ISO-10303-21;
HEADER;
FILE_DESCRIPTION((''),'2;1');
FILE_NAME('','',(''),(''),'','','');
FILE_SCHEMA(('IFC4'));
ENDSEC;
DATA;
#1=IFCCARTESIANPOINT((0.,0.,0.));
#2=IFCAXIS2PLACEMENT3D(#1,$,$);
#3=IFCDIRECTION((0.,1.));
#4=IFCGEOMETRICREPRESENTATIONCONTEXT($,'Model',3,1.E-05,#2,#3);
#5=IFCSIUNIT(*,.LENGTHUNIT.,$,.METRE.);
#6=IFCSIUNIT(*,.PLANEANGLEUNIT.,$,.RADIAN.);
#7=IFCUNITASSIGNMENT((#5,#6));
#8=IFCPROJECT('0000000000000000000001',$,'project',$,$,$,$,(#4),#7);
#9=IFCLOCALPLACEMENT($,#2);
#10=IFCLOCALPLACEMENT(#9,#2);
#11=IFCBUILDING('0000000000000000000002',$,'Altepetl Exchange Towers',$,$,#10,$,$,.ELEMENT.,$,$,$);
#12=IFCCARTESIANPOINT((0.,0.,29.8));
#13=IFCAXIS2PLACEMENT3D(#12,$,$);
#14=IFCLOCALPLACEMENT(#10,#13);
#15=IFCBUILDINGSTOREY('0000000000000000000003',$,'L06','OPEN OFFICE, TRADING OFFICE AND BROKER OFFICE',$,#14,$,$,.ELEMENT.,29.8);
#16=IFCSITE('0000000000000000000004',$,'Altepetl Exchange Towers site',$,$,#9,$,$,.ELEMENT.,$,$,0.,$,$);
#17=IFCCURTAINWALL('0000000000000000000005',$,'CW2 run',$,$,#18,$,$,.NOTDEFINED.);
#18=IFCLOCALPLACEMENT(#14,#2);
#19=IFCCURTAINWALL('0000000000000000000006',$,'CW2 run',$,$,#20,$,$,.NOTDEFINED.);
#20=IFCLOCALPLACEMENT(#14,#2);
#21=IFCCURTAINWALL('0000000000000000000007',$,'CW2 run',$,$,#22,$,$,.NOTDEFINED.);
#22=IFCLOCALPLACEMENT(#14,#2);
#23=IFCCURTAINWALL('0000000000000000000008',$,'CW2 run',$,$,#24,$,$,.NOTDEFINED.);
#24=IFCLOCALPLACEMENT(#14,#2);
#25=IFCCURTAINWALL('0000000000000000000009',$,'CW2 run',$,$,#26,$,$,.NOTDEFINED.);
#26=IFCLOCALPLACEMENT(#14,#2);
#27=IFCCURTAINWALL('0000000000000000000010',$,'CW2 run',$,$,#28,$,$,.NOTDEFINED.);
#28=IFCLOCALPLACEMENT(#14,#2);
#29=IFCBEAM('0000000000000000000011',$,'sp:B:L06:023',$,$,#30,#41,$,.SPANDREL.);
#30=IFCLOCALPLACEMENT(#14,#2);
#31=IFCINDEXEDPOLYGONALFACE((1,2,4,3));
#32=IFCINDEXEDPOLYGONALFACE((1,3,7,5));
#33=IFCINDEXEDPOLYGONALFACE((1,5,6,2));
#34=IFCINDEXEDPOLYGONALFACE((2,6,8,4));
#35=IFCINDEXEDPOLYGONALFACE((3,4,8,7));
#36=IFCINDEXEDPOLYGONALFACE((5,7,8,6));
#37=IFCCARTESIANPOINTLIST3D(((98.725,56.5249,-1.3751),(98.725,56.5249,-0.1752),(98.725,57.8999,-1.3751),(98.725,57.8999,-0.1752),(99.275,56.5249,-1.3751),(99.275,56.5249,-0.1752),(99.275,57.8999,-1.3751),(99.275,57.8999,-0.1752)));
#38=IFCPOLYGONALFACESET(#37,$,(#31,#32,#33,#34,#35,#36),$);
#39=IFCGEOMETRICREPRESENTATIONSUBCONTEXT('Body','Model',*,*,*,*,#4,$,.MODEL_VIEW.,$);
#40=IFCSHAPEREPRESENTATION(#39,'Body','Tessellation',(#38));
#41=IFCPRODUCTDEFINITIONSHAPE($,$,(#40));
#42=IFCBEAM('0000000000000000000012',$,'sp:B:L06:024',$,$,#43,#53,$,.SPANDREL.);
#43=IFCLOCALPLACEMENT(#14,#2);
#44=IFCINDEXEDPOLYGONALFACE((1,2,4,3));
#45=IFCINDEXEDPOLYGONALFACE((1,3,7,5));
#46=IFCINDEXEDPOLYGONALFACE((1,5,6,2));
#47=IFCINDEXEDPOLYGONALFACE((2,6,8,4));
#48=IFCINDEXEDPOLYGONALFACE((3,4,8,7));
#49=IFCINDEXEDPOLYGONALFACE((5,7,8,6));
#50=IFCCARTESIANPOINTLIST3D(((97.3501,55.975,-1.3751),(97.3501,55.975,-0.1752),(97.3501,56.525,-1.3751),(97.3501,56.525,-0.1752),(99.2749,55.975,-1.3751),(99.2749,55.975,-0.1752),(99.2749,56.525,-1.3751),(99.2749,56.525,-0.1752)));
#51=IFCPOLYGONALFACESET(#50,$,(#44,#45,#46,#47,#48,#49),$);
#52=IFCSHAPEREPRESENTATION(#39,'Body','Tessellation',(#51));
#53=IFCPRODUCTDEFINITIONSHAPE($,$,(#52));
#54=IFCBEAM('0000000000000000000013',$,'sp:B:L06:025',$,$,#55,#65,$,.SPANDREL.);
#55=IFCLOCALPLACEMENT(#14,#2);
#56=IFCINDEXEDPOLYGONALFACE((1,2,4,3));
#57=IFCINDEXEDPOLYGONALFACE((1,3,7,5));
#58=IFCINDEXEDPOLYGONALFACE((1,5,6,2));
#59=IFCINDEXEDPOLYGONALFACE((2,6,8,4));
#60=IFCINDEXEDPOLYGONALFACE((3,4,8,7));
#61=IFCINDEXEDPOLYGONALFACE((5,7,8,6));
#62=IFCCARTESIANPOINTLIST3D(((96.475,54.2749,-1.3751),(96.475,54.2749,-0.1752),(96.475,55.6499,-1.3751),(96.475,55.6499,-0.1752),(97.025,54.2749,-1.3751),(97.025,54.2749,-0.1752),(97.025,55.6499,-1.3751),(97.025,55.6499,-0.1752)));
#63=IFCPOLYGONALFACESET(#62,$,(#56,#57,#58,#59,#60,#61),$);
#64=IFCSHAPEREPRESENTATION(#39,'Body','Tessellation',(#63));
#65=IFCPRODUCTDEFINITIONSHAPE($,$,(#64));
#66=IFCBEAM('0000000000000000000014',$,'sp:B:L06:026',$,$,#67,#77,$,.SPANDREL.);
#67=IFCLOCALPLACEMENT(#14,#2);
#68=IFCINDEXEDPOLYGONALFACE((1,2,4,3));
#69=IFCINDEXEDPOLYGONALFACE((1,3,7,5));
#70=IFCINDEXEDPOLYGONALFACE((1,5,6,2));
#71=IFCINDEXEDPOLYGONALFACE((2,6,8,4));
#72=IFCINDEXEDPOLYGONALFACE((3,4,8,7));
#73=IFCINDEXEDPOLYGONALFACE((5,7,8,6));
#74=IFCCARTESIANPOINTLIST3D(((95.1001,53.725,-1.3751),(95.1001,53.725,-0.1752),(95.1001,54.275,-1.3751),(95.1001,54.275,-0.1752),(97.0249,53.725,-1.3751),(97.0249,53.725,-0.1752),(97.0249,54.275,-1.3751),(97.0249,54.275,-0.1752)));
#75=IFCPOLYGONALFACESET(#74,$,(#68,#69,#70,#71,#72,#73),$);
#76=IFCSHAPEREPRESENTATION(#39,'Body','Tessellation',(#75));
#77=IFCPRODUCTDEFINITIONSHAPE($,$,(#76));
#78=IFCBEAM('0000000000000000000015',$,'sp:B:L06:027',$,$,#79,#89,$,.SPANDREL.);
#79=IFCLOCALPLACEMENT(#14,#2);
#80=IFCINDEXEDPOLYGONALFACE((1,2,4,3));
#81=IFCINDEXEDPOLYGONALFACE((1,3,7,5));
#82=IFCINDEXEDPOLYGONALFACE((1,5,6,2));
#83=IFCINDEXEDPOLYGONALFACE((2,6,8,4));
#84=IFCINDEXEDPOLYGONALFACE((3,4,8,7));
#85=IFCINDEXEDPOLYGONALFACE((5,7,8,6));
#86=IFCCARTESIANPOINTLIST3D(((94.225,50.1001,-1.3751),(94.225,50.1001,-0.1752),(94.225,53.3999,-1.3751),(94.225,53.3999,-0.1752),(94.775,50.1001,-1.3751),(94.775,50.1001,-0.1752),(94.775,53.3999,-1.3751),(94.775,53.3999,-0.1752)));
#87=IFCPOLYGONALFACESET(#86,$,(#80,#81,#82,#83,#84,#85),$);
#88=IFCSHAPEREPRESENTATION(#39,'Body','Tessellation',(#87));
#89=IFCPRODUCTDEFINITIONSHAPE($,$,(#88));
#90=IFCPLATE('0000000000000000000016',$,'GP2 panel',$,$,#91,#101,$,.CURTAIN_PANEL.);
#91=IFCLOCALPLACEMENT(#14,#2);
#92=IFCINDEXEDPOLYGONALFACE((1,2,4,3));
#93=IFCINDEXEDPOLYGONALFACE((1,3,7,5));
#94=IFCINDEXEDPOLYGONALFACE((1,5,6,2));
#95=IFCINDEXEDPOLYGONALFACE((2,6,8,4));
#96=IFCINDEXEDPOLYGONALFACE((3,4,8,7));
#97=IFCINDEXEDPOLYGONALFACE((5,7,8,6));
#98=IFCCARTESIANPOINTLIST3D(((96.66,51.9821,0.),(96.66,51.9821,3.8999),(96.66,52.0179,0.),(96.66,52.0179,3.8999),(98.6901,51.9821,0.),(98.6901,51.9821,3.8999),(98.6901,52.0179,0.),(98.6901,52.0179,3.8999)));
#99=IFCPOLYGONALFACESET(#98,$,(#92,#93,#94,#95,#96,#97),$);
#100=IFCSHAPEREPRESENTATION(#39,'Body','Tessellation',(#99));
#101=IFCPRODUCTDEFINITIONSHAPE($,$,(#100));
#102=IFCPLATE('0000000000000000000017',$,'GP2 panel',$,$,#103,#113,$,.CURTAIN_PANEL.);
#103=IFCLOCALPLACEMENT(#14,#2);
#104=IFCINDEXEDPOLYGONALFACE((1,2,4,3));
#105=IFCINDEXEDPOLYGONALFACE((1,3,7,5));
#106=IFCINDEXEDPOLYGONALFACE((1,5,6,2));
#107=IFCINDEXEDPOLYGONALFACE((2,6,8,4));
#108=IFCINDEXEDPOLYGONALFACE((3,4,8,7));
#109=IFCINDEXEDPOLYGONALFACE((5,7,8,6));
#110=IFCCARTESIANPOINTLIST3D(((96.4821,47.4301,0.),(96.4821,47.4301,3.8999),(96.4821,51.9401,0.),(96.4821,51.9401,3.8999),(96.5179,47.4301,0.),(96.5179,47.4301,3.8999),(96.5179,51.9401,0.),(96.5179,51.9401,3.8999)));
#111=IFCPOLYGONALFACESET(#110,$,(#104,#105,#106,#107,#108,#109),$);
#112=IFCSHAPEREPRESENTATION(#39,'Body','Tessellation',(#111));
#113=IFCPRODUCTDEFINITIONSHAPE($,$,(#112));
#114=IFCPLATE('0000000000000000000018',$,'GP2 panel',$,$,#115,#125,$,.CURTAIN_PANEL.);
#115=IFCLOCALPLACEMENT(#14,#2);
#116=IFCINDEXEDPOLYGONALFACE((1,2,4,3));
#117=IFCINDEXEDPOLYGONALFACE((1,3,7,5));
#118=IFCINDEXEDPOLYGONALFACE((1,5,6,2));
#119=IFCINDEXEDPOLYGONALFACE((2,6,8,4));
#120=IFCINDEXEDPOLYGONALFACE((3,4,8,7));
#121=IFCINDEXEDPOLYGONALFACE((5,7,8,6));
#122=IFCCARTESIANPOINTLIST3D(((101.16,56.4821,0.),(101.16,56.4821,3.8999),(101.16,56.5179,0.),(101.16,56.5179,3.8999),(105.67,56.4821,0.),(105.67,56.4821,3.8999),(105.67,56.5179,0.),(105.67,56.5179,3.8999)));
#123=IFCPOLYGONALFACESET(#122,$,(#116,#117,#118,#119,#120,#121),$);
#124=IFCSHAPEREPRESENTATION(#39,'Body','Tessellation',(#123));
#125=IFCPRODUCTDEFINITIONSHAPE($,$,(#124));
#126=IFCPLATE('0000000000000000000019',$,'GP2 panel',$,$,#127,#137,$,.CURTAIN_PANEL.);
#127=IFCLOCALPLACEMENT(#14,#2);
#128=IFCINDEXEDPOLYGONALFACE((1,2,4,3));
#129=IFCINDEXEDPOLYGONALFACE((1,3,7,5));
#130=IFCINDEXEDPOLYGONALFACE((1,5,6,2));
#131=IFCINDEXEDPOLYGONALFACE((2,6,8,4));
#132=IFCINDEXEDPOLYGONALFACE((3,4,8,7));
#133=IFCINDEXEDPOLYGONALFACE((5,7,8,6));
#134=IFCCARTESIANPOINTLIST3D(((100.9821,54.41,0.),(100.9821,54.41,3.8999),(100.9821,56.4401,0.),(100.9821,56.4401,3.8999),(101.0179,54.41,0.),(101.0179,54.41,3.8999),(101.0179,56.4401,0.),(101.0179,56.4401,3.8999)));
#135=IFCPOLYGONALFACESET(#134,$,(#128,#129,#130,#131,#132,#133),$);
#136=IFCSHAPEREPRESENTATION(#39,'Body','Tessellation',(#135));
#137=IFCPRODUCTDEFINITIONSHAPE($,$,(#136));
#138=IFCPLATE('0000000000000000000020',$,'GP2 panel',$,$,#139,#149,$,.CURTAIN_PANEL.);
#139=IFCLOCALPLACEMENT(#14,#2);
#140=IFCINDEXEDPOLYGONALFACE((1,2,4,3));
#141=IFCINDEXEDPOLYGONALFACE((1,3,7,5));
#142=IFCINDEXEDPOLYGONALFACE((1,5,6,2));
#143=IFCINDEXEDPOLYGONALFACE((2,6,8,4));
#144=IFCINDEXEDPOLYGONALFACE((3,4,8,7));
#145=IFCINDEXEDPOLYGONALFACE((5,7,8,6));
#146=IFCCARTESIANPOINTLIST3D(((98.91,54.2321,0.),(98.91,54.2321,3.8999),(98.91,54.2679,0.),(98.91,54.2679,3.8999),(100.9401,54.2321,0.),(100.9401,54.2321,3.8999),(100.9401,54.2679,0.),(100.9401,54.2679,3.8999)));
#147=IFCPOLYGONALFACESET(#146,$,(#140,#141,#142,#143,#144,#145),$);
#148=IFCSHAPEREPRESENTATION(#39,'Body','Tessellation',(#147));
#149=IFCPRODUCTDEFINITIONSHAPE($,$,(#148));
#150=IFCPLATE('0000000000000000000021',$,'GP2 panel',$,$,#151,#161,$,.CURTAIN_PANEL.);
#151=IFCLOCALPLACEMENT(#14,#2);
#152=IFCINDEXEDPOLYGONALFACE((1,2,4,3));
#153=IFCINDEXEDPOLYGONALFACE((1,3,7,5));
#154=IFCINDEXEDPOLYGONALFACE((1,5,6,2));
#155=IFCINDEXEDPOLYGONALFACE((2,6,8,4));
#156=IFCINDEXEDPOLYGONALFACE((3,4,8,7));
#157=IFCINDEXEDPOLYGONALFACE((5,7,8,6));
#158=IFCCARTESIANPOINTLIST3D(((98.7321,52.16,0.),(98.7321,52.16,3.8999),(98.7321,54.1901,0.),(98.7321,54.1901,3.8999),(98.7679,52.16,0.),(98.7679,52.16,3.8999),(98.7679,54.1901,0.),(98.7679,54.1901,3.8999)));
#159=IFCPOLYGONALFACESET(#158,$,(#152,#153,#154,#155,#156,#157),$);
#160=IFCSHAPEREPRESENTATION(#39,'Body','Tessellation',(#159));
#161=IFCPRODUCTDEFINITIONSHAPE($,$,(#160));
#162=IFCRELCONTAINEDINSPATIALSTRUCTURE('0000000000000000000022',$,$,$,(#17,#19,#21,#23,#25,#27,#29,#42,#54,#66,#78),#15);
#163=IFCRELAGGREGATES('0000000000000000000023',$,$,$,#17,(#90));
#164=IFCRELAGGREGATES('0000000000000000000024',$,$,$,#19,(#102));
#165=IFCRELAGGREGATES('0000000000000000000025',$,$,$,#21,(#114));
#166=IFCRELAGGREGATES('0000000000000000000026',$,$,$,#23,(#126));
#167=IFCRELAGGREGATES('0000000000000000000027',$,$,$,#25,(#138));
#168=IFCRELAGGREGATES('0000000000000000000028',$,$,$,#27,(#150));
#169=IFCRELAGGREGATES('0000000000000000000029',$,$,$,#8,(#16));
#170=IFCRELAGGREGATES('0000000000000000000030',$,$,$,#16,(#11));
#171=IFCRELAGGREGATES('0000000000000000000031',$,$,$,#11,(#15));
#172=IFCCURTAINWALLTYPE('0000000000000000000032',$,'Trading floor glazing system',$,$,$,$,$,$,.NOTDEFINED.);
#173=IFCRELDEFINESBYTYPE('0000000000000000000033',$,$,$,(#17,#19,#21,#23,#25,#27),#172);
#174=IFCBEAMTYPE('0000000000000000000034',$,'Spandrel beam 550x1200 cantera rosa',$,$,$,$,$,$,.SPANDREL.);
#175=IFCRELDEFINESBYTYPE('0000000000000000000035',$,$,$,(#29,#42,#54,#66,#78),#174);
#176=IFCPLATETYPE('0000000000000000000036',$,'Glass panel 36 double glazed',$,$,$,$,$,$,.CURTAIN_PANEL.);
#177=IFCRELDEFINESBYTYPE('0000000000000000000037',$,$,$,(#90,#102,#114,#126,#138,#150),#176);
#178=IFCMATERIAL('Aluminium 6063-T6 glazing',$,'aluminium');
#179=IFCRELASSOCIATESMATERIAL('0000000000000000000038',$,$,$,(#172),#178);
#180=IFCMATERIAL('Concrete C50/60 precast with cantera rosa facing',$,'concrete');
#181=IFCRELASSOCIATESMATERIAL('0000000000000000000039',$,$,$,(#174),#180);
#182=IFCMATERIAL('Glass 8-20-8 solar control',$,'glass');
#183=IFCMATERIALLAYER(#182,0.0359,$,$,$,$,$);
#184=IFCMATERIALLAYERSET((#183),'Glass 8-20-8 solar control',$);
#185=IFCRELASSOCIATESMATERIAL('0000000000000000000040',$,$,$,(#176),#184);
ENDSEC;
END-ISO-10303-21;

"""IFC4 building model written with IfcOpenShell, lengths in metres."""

from ifc_helpers import new_model, si_unit, direction, frame, origin, origin_2d, place, context, subcontext, project, spatial, rectangle, extrude, material, layer, layer_set, material_profile, profile_set, type_object, element, aggregate, save


model = new_model("IFC4")

# Units and contexts
model_context = context("Model", 3, precision=1e-05, world=origin(), true_north=direction((0.0, 1.0)))
body_context = subcontext(model_context, "Body", "Model", "MODEL_VIEW")
ifc_project = project(units=[si_unit("LENGTHUNIT", "METRE"), si_unit("PLANEANGLEUNIT", "RADIAN")], contexts=[model_context])

# Site, building, storey
site_placement = place(None, origin())
site = spatial("IfcSite", under=ifc_project, at=site_placement, Name="Altepetl Exchange Towers site", CompositionType="ELEMENT", RefElevation=0.0)
building_placement = place(site_placement, origin())
building = spatial("IfcBuilding", under=site, at=building_placement, Name="Altepetl Exchange Towers", CompositionType="ELEMENT")
storey_placement = place(building_placement, frame((0.0, 0.0, 29.8)))
storey = spatial("IfcBuildingStorey", under=building, at=storey_placement, Name="L06", Description="OPEN OFFICE, TRADING OFFICE AND BROKER OFFICE", CompositionType="ELEMENT", Elevation=29.8)

# Curtain walls
ifc_material_1 = material(Name="Aluminium 6063-T6 glazing", Category="aluminium")
curtain_wall_type = type_object("IfcCurtainWallType", Name="Trading floor glazing system", PredefinedType="NOTDEFINED", material=ifc_material_1)
curtain_wall_1_placement = place(storey_placement, origin())
curtain_wall_1 = element("IfcCurtainWall", 1, at=curtain_wall_1_placement, inside=storey, type_object=curtain_wall_type, Name="CW2 run", PredefinedType="NOTDEFINED")
curtain_wall_2_placement = place(storey_placement, origin())
curtain_wall_2 = element("IfcCurtainWall", 2, at=curtain_wall_2_placement, inside=storey, type_object=curtain_wall_type, Name="CW2 run", PredefinedType="NOTDEFINED")

# Curtain wall
curtain_wall_3_placement = place(storey_placement, origin())
curtain_wall_3 = element("IfcCurtainWall", 3, at=curtain_wall_3_placement, inside=storey, type_object=curtain_wall_type, Name="CW2 run", PredefinedType="NOTDEFINED")

# Curtain walls
curtain_wall_4_placement = place(storey_placement, origin())
curtain_wall_4 = element("IfcCurtainWall", 4, at=curtain_wall_4_placement, inside=storey, type_object=curtain_wall_type, Name="CW2 run", PredefinedType="NOTDEFINED")
curtain_wall_5_placement = place(storey_placement, origin())
curtain_wall_5 = element("IfcCurtainWall", 5, at=curtain_wall_5_placement, inside=storey, type_object=curtain_wall_type, Name="CW2 run", PredefinedType="NOTDEFINED")
curtain_wall_6_placement = place(storey_placement, origin())
curtain_wall_6 = element("IfcCurtainWall", 6, at=curtain_wall_6_placement, inside=storey, type_object=curtain_wall_type, Name="CW2 run", PredefinedType="NOTDEFINED")

# Beams
ifc_material_2 = material(Name="Concrete C50/60 precast with cantera rosa facing", Category="concrete")
ifc_material_profile_1 = material_profile(ifc_material_2, rectangle(XDim=0.55, YDim=1.2, at=origin_2d()), Name="550 x 1200")
ifc_profile_set_1 = profile_set([ifc_material_profile_1], Name="Concrete C50/60 precast with cantera rosa facing")
beam_type_1 = type_object("IfcBeamType", Name="Spandrel beam 550x1200 cantera rosa", PredefinedType="SPANDREL", material=ifc_profile_set_1)
beam_1_placement = place(storey_placement, frame((99.0, 57.8999, -0.7751), z_axis=(0.0, -1.0, 0.0), x_axis=(1.0, 0.0, 0.0)))
element("IfcBeam", 7, at=beam_1_placement, inside=storey, type_object=beam_type_1, Name="sp:B:L06:023", PredefinedType="SPANDREL", context=body_context, shape_type="SweptSolid", body=[
    extrude(rectangle(XDim=0.55, YDim=1.2, at=origin_2d()), origin(), (0.0, 0.0, 1.0), 1.375),
])
beam_2_placement = place(storey_placement, frame((99.2749, 56.25, -0.7751), z_axis=(-1.0, 0.0, 0.0), x_axis=(0.0, -1.0, 0.0)))
element("IfcBeam", 8, at=beam_2_placement, inside=storey, type_object=beam_type_1, Name="sp:B:L06:024", PredefinedType="SPANDREL", context=body_context, shape_type="SweptSolid", body=[
    extrude(rectangle(XDim=0.55, YDim=1.2, at=origin_2d()), origin(), (0.0, 0.0, 1.0), 1.9248),
])
beam_3_placement = place(storey_placement, frame((96.75, 55.6499, -0.7751), z_axis=(0.0, -1.0, 0.0), x_axis=(1.0, 0.0, 0.0)))
element("IfcBeam", 9, at=beam_3_placement, inside=storey, type_object=beam_type_1, Name="sp:B:L06:025", PredefinedType="SPANDREL", context=body_context, shape_type="SweptSolid", body=[
    extrude(rectangle(XDim=0.55, YDim=1.2, at=origin_2d()), origin(), (0.0, 0.0, 1.0), 1.375),
])
beam_4_placement = place(storey_placement, frame((97.0249, 54.0, -0.7751), z_axis=(-1.0, 0.0, 0.0), x_axis=(0.0, -1.0, 0.0)))
element("IfcBeam", 10, at=beam_4_placement, inside=storey, type_object=beam_type_1, Name="sp:B:L06:026", PredefinedType="SPANDREL", context=body_context, shape_type="SweptSolid", body=[
    extrude(rectangle(XDim=0.55, YDim=1.2, at=origin_2d()), origin(), (0.0, 0.0, 1.0), 1.9248),
])
beam_5_placement = place(storey_placement, frame((94.5, 53.3999, -0.7751), z_axis=(0.0, -1.0, 0.0), x_axis=(1.0, 0.0, 0.0)))
element("IfcBeam", 11, at=beam_5_placement, inside=storey, type_object=beam_type_1, Name="sp:B:L06:027", PredefinedType="SPANDREL", context=body_context, shape_type="SweptSolid", body=[
    extrude(rectangle(XDim=0.55, YDim=1.2, at=origin_2d()), origin(), (0.0, 0.0, 1.0), 3.2998),
])

# Plates
ifc_material_3 = material(Name="Glass 8-20-8 solar control", Category="glass")
ifc_layer_1 = layer(ifc_material_3, 0.0359)
ifc_layer_set_1 = layer_set([ifc_layer_1], Name="Glass 8-20-8 solar control")
plate_type = type_object("IfcPlateType", Name="Glass panel 36 double glazed", PredefinedType="CURTAIN_PANEL", material=ifc_layer_set_1)
plate_1_placement = place(storey_placement, frame((97.675, 52.0, 0.0), z_axis=(0.0, 0.0, 1.0), x_axis=(-1.0, 0.0, 0.0)))
plate_1 = element("IfcPlate", 12, at=plate_1_placement, type_object=plate_type, Name="GP2 panel", PredefinedType="CURTAIN_PANEL", context=body_context, shape_type="SweptSolid", body=[
    extrude(rectangle(XDim=2.03, YDim=0.0359, at=origin_2d()), origin(), (0.0, 0.0, 1.0), 3.8999),
])
aggregate(curtain_wall_1, [plate_1])
plate_2_placement = place(storey_placement, frame((96.5, 49.6851, 0.0), z_axis=(0.0, 0.0, 1.0), x_axis=(0.0, -1.0, 0.0)))
plate_2 = element("IfcPlate", 13, at=plate_2_placement, type_object=plate_type, Name="GP2 panel", PredefinedType="CURTAIN_PANEL", context=body_context, shape_type="SweptSolid", body=[
    extrude(rectangle(XDim=4.51, YDim=0.0359, at=origin_2d()), origin(), (0.0, 0.0, 1.0), 3.8999),
])
aggregate(curtain_wall_2, [plate_2])
plate_3_placement = place(storey_placement, frame((103.415, 56.5, 0.0), z_axis=(0.0, 0.0, 1.0), x_axis=(-1.0, 0.0, 0.0)))
plate_3 = element("IfcPlate", 14, at=plate_3_placement, type_object=plate_type, Name="GP2 panel", PredefinedType="CURTAIN_PANEL", context=body_context, shape_type="SweptSolid", body=[
    extrude(rectangle(XDim=4.51, YDim=0.0359, at=origin_2d()), origin(), (0.0, 0.0, 1.0), 3.8999),
])
aggregate(curtain_wall_3, [plate_3])
plate_4_placement = place(storey_placement, frame((101.0, 55.425, 0.0), z_axis=(0.0, 0.0, 1.0), x_axis=(0.0, -1.0, 0.0)))
plate_4 = element("IfcPlate", 15, at=plate_4_placement, type_object=plate_type, Name="GP2 panel", PredefinedType="CURTAIN_PANEL", context=body_context, shape_type="SweptSolid", body=[
    extrude(rectangle(XDim=2.03, YDim=0.0359, at=origin_2d()), origin(), (0.0, 0.0, 1.0), 3.8999),
])
aggregate(curtain_wall_4, [plate_4])
plate_5_placement = place(storey_placement, frame((99.925, 54.25, 0.0), z_axis=(0.0, 0.0, 1.0), x_axis=(-1.0, 0.0, 0.0)))
plate_5 = element("IfcPlate", 16, at=plate_5_placement, type_object=plate_type, Name="GP2 panel", PredefinedType="CURTAIN_PANEL", context=body_context, shape_type="SweptSolid", body=[
    extrude(rectangle(XDim=2.03, YDim=0.0359, at=origin_2d()), origin(), (0.0, 0.0, 1.0), 3.8999),
])
aggregate(curtain_wall_5, [plate_5])
plate_6_placement = place(storey_placement, frame((98.75, 53.175, 0.0), z_axis=(0.0, 0.0, 1.0), x_axis=(0.0, -1.0, 0.0)))
plate_6 = element("IfcPlate", 17, at=plate_6_placement, type_object=plate_type, Name="GP2 panel", PredefinedType="CURTAIN_PANEL", context=body_context, shape_type="SweptSolid", body=[
    extrude(rectangle(XDim=2.03, YDim=0.0359, at=origin_2d()), origin(), (0.0, 0.0, 1.0), 3.8999),
])
aggregate(curtain_wall_6, [plate_6])

save(model, "model.ifc")
